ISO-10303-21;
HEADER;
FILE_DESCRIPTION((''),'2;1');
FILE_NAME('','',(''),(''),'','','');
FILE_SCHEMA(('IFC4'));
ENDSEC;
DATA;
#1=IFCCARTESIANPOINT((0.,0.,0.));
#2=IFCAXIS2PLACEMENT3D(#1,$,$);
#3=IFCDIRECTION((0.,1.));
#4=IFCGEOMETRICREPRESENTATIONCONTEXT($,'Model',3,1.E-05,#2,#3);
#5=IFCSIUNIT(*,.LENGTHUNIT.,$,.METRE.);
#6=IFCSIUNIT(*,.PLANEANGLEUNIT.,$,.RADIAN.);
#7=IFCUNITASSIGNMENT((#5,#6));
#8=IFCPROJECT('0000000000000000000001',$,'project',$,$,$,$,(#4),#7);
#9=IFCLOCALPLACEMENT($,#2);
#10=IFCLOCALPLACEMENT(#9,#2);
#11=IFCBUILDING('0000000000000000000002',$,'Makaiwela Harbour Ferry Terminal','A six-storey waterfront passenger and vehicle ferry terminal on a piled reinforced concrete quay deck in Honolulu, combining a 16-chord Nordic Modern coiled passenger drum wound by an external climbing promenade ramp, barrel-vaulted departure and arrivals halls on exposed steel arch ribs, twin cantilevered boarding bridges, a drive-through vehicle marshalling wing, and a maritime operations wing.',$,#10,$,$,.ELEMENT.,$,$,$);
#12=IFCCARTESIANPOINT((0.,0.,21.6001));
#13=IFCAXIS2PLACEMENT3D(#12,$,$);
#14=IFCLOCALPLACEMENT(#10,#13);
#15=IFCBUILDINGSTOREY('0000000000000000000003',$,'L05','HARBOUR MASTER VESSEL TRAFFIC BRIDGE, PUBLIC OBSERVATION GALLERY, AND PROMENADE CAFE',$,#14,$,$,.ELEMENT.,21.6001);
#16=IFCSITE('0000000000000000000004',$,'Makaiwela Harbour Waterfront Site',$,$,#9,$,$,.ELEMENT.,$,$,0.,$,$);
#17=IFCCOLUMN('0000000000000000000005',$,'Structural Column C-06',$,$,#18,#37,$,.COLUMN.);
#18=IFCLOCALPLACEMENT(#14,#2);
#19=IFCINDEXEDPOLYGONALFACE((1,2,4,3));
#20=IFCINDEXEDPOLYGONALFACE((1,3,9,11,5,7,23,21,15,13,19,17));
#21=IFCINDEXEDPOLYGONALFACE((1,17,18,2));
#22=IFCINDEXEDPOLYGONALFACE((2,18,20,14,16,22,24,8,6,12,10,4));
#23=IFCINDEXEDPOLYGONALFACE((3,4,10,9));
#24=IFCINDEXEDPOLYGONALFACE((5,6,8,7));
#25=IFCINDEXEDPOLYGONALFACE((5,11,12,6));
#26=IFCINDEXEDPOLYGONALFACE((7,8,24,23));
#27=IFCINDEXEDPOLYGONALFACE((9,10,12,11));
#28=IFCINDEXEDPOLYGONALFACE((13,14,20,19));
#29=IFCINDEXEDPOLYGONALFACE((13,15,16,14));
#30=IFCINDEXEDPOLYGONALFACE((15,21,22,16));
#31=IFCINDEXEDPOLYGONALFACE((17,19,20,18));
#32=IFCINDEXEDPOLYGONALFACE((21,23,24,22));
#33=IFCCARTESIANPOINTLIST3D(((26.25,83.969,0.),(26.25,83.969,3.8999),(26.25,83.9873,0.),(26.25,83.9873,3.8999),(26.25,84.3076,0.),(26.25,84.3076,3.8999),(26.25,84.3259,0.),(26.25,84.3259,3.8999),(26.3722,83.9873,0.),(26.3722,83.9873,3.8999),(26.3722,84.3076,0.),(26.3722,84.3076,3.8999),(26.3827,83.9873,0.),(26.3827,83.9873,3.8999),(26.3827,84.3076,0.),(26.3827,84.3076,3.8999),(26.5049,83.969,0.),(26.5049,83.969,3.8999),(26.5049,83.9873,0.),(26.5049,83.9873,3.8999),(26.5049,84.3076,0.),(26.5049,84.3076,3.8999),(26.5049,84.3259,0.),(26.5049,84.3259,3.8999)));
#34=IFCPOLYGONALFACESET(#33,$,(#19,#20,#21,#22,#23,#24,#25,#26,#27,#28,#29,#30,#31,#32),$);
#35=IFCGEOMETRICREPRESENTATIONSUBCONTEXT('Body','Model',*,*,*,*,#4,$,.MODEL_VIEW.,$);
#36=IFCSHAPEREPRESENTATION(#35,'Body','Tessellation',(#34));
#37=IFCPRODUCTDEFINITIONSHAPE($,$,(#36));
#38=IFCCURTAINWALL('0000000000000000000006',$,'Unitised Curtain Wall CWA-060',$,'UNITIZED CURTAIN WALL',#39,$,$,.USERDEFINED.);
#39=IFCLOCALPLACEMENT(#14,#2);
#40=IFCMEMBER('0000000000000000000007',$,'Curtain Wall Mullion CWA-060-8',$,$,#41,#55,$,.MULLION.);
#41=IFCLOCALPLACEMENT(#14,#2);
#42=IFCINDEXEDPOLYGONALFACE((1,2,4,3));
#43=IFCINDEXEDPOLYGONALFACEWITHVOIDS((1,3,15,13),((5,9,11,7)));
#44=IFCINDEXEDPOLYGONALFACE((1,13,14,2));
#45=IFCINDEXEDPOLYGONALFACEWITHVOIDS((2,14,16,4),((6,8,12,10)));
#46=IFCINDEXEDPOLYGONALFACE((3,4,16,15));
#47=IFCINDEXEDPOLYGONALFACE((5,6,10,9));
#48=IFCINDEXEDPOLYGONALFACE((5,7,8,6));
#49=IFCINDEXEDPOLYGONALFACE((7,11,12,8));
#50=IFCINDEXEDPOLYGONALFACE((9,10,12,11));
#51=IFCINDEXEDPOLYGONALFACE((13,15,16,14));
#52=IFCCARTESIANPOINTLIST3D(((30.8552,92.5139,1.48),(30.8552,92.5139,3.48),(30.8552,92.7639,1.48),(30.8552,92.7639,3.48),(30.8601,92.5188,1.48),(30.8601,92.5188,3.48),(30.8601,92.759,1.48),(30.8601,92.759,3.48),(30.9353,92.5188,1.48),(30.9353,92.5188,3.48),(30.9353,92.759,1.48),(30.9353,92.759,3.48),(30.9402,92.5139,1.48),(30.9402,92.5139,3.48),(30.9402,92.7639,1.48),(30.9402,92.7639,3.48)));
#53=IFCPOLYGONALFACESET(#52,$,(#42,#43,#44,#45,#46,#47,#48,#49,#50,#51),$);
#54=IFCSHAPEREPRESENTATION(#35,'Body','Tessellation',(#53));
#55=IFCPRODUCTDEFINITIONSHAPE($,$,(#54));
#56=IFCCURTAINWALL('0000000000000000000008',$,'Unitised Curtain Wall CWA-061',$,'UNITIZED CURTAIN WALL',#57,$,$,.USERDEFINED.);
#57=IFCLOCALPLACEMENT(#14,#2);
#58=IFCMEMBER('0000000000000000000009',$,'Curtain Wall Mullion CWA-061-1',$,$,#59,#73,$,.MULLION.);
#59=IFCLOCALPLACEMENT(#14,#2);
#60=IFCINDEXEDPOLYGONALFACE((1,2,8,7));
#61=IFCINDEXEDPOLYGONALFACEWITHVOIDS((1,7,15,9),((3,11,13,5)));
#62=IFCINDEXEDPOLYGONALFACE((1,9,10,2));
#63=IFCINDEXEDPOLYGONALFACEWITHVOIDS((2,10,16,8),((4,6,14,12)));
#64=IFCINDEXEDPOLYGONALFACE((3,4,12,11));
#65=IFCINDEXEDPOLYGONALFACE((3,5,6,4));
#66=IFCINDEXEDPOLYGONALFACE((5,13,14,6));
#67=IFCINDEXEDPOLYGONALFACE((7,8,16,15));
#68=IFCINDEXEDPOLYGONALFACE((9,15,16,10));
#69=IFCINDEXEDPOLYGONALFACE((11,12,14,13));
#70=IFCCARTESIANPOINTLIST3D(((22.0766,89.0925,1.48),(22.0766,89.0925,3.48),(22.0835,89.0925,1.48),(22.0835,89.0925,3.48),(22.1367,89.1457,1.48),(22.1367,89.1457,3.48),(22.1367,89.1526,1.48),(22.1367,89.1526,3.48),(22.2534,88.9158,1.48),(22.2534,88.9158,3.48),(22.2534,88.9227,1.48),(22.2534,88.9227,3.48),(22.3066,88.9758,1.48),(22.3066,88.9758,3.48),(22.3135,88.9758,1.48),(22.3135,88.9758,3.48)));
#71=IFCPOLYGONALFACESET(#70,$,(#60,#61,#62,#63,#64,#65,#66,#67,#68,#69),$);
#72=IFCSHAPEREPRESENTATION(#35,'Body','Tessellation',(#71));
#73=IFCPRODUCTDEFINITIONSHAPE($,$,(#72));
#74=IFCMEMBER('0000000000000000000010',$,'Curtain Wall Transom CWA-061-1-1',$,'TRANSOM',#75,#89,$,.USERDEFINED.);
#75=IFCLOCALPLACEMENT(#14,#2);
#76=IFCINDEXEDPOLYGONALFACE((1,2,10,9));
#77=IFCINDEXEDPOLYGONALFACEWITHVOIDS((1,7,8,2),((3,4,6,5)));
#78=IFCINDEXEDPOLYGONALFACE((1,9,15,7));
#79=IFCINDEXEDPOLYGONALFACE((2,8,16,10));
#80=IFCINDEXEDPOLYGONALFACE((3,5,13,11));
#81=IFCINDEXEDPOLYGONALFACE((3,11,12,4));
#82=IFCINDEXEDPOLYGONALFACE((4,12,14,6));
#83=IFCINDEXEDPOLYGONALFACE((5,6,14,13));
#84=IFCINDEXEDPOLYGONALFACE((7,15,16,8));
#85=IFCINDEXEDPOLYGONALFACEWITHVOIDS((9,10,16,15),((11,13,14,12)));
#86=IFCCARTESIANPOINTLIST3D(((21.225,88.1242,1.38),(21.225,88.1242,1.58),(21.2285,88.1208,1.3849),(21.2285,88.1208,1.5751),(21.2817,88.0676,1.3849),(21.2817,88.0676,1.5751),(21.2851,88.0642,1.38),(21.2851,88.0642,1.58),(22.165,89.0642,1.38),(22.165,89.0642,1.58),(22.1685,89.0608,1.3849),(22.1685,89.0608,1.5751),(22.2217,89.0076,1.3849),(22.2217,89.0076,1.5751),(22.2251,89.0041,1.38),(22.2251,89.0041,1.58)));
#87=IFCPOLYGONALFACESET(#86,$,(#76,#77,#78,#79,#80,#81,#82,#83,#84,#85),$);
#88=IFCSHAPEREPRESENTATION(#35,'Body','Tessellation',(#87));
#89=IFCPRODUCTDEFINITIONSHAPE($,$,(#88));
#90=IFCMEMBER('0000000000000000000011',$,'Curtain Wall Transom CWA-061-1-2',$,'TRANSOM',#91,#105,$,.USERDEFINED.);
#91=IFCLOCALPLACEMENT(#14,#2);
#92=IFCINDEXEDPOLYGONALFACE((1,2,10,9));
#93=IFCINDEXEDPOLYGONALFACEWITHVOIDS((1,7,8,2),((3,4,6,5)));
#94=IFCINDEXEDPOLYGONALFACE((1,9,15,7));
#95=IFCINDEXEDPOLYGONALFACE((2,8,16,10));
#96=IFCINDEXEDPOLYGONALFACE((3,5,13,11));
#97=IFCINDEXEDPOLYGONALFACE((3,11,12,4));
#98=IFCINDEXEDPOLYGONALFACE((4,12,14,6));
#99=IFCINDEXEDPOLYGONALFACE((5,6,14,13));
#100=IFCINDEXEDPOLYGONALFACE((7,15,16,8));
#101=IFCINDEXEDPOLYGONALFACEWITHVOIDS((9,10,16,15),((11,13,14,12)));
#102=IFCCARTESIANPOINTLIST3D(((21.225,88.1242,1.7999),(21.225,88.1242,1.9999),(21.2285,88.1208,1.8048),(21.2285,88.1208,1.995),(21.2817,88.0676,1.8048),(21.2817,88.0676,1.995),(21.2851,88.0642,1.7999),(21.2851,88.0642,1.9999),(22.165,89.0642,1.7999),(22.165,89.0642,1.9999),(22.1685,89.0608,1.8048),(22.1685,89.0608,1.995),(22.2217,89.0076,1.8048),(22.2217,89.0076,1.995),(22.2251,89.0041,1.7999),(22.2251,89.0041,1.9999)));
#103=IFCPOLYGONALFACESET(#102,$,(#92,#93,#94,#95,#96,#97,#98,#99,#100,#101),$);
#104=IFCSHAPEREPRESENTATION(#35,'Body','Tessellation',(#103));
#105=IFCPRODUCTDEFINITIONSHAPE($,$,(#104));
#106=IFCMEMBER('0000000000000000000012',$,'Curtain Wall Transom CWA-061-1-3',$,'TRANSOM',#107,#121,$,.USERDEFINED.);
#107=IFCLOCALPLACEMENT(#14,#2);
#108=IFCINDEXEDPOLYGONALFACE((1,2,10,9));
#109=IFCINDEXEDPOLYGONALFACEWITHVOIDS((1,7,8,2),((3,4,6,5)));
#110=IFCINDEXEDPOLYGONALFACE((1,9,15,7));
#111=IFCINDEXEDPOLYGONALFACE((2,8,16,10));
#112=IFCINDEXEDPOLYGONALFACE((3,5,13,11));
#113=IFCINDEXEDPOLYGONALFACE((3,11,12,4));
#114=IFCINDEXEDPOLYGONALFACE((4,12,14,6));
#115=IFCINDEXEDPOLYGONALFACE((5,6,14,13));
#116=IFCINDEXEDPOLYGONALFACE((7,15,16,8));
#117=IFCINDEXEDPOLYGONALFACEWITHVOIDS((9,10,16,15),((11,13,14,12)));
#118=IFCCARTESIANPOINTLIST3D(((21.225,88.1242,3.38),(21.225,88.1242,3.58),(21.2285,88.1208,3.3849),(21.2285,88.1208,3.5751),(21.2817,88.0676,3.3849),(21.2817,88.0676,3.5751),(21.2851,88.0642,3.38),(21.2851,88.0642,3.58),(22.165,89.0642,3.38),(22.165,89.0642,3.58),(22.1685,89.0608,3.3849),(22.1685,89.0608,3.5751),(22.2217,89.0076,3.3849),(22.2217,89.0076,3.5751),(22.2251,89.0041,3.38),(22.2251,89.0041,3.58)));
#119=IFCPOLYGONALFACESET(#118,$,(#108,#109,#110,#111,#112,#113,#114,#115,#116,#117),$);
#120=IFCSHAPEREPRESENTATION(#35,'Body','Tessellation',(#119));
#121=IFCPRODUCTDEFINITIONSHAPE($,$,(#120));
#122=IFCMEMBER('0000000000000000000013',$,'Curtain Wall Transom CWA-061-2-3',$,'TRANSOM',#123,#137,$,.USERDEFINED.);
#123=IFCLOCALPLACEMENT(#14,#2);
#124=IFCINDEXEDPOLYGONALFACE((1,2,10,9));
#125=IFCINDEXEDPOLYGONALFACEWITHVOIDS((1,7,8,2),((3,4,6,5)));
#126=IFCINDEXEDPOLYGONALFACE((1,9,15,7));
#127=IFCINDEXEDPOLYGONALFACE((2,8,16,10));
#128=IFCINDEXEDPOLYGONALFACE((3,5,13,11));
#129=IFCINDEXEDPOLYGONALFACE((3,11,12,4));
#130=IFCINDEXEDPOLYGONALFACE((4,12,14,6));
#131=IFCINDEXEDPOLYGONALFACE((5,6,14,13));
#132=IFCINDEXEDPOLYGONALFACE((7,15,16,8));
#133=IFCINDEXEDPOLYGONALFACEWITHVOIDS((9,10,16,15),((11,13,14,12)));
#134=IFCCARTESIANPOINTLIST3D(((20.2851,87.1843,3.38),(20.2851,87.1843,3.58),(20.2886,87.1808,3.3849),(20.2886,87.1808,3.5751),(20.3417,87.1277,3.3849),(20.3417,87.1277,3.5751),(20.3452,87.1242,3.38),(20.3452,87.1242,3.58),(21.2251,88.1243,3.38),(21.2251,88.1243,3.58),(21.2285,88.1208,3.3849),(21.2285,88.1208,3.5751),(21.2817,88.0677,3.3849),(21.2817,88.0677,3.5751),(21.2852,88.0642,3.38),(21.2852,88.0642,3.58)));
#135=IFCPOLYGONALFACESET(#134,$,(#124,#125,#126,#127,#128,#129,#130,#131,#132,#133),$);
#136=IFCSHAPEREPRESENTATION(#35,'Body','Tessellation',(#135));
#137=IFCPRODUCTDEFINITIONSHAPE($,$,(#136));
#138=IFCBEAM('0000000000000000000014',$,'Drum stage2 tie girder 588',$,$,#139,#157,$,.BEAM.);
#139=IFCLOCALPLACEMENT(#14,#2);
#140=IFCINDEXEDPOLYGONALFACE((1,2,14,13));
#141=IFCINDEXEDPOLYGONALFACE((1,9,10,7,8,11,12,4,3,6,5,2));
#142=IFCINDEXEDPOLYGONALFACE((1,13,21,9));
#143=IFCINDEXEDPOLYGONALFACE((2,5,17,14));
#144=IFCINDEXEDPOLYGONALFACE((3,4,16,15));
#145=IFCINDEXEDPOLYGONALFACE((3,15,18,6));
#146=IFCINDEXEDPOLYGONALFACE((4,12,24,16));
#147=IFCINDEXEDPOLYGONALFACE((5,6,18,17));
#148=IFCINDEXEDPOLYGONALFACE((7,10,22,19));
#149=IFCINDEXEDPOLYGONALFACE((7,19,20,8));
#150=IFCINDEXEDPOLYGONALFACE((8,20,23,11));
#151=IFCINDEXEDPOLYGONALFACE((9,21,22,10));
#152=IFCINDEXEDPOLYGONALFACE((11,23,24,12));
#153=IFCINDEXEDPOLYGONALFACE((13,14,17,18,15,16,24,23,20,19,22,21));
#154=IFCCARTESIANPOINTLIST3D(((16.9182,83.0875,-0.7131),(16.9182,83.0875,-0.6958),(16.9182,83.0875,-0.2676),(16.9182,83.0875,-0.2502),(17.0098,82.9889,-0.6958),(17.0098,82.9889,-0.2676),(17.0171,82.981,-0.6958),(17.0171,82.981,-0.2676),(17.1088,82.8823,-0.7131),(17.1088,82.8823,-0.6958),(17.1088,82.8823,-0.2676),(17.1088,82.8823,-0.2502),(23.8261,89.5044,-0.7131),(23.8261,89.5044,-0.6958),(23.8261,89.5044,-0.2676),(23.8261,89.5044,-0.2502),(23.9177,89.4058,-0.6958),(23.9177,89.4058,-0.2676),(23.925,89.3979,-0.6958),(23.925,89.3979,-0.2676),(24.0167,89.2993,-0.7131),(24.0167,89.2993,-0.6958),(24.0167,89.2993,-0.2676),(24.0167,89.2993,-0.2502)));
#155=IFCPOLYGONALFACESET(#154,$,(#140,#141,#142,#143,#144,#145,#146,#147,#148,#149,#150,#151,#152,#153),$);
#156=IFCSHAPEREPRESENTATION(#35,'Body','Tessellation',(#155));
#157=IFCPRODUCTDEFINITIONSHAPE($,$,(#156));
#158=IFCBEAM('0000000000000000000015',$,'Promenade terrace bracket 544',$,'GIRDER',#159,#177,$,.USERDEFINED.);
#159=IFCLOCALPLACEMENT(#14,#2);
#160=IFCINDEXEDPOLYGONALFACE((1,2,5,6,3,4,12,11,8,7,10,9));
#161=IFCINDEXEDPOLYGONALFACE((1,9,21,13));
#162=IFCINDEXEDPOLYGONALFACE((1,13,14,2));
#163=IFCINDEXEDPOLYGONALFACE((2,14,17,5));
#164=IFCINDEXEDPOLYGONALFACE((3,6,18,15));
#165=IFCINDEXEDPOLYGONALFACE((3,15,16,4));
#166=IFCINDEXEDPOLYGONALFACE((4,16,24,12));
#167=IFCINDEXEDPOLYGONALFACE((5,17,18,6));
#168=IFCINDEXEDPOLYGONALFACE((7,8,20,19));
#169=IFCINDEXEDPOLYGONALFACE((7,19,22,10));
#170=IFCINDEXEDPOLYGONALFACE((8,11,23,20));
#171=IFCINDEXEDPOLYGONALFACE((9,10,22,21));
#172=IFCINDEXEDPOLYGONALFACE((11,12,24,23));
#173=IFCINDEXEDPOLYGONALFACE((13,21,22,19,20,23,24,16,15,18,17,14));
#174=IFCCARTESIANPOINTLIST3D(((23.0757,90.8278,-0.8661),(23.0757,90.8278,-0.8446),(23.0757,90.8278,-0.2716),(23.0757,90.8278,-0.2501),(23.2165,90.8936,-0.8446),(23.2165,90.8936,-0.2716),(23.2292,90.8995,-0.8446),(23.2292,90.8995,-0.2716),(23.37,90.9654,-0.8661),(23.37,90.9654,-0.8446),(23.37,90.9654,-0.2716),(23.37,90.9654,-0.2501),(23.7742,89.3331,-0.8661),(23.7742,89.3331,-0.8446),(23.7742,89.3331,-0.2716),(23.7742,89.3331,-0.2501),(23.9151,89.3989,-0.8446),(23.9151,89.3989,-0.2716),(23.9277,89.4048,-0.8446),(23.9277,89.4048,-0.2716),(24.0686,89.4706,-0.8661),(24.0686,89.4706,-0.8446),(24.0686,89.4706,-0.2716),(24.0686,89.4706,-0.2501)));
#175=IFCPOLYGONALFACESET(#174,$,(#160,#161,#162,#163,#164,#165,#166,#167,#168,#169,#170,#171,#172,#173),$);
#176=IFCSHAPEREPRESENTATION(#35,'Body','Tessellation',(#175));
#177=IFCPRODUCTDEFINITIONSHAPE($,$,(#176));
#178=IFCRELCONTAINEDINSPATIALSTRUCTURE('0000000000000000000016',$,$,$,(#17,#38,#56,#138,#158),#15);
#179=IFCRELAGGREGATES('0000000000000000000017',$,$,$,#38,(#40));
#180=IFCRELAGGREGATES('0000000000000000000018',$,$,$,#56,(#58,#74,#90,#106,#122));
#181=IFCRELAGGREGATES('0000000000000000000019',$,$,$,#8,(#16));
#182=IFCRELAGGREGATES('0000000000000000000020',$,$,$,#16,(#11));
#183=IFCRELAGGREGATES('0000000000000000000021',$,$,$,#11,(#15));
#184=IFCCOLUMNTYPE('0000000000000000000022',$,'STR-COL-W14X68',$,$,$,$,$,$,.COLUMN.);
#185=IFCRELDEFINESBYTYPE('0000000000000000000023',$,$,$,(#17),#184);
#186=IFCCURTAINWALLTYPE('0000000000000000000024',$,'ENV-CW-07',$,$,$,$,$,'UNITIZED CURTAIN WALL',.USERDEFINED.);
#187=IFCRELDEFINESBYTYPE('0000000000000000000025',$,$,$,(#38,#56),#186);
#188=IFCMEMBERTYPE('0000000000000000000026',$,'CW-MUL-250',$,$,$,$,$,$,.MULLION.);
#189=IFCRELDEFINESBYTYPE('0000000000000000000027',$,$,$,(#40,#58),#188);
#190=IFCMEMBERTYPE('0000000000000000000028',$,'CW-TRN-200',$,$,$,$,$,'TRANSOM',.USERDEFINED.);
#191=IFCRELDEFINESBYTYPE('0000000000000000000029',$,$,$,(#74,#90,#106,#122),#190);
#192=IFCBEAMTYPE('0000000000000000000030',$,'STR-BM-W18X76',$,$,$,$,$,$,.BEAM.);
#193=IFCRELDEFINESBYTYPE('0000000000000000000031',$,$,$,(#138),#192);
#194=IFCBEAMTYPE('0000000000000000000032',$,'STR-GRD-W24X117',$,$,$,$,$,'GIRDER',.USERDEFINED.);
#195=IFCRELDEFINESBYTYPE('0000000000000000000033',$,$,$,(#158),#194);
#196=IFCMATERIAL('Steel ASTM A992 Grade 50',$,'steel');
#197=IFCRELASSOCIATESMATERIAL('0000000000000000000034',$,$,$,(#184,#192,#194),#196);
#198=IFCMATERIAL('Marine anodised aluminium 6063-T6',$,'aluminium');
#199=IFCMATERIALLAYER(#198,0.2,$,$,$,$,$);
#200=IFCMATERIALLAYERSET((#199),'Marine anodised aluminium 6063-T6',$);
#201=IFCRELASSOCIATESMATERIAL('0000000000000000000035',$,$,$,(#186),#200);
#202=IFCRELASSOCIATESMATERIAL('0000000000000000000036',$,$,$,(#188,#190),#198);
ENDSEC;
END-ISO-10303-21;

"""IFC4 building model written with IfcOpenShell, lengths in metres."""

from ifc_helpers import new_model, si_unit, direction, frame, origin, origin_2d, place, context, subcontext, project, spatial, hollow_rectangle, i_section, extrude, material, layer, layer_set, material_profile, profile_set, type_object, element, aggregate, save


model = new_model("IFC4")

# Units and contexts
model_context = context("Model", 3, precision=1e-05, world=origin(), true_north=direction((0.0, 1.0)))
body_context = subcontext(model_context, "Body", "Model", "MODEL_VIEW")
ifc_project = project(units=[si_unit("LENGTHUNIT", "METRE"), si_unit("PLANEANGLEUNIT", "RADIAN")], contexts=[model_context])

# Site, building, storey
site_placement = place(None, origin())
site = spatial("IfcSite", under=ifc_project, at=site_placement, Name="Makaiwela Harbour Waterfront Site", CompositionType="ELEMENT", RefElevation=0.0)
building_placement = place(site_placement, origin())
building = spatial("IfcBuilding", under=site, at=building_placement, Name="Makaiwela Harbour Ferry Terminal", Description="A six-storey waterfront passenger and vehicle ferry terminal on a piled reinforced concrete quay deck in Honolulu, combining a 16-chord Nordic Modern coiled passenger drum wound by an external climbing promenade ramp, barrel-vaulted departure and arrivals halls on exposed steel arch ribs, twin cantilevered boarding bridges, a drive-through vehicle marshalling wing, and a maritime operations wing.", CompositionType="ELEMENT")
storey_placement = place(building_placement, frame((0.0, 0.0, 21.6001)))
storey = spatial("IfcBuildingStorey", under=building, at=storey_placement, Name="L05", Description="HARBOUR MASTER VESSEL TRAFFIC BRIDGE, PUBLIC OBSERVATION GALLERY, AND PROMENADE CAFE", CompositionType="ELEMENT", Elevation=21.6001)

# Column
ifc_material_1 = material(Name="Steel ASTM A992 Grade 50", Category="steel")
ifc_material_profile_1 = material_profile(ifc_material_1, i_section(OverallWidth=0.2549, OverallDepth=0.3569, WebThickness=0.0105, FlangeThickness=0.0183, at=origin_2d()), Name="W14X68")
ifc_profile_set_1 = profile_set([ifc_material_profile_1], Name="Steel ASTM A992 Grade 50")
column_type = type_object("IfcColumnType", Name="STR-COL-W14X68", PredefinedType="COLUMN", material=ifc_profile_set_1)
column_placement = place(storey_placement, frame((26.3774, 84.1475, 0.0), z_axis=(0.0, 0.0, 1.0), x_axis=(1.0, 0.0, 0.0)))
element("IfcColumn", 1, at=column_placement, inside=storey, type_object=column_type, Name="Structural Column C-06", PredefinedType="COLUMN", context=body_context, shape_type="SweptSolid", body=[
    extrude(i_section(OverallWidth=0.2549, OverallDepth=0.3569, WebThickness=0.0105, FlangeThickness=0.0183, at=origin_2d()), origin(), (0.0, 0.0, 1.0), 3.8999),
])

# Curtain wall, member
ifc_material_2 = material(Name="Marine anodised aluminium 6063-T6", Category="aluminium")
ifc_layer_1 = layer(ifc_material_2, 0.2)
ifc_layer_set_1 = layer_set([ifc_layer_1], Name="Marine anodised aluminium 6063-T6")
curtain_wall_type = type_object("IfcCurtainWallType", Name="ENV-CW-07", ElementType="UNITIZED CURTAIN WALL", PredefinedType="USERDEFINED", material=ifc_layer_set_1)
curtain_wall_1_placement = place(storey_placement, origin())
curtain_wall_1 = element("IfcCurtainWall", 2, at=curtain_wall_1_placement, inside=storey, type_object=curtain_wall_type, Name="Unitised Curtain Wall CWA-060", ObjectType="UNITIZED CURTAIN WALL", PredefinedType="USERDEFINED")
ifc_material_profile_2 = material_profile(ifc_material_2, hollow_rectangle(XDim=0.085, YDim=0.25, WallThickness=0.0049, at=origin_2d()), Name="CWM-250X85")
ifc_profile_set_2 = profile_set([ifc_material_profile_2], Name="Marine anodised aluminium 6063-T6")
member_type_1 = type_object("IfcMemberType", Name="CW-MUL-250", PredefinedType="MULLION", material=ifc_profile_set_2)
member_1_placement = place(storey_placement, frame((30.8977, 92.6389, 1.48), z_axis=(0.0, 0.0, 1.0), x_axis=(1.0, 0.0, 0.0)))
member_1 = element("IfcMember", 3, at=member_1_placement, type_object=member_type_1, Name="Curtain Wall Mullion CWA-060-8", PredefinedType="MULLION", context=body_context, shape_type="SweptSolid", body=[
    extrude(hollow_rectangle(XDim=0.085, YDim=0.25, WallThickness=0.0049, at=origin_2d()), origin(), (0.0, 0.0, 1.0), 2.0),
])

# Curtain wall, members
curtain_wall_2_placement = place(storey_placement, origin())
curtain_wall_2 = element("IfcCurtainWall", 4, at=curtain_wall_2_placement, inside=storey, type_object=curtain_wall_type, Name="Unitised Curtain Wall CWA-061", ObjectType="UNITIZED CURTAIN WALL", PredefinedType="USERDEFINED")
member_2_placement = place(storey_placement, frame((22.1951, 89.0342, 1.48), z_axis=(0.0, 0.0, 1.0), x_axis=(0.707107, 0.707107, 0.0)))
member_2 = element("IfcMember", 5, at=member_2_placement, type_object=member_type_1, Name="Curtain Wall Mullion CWA-061-1", PredefinedType="MULLION", context=body_context, shape_type="SweptSolid", body=[
    extrude(hollow_rectangle(XDim=0.085, YDim=0.25, WallThickness=0.0049, at=origin_2d()), origin(), (0.0, 0.0, 1.0), 2.0),
])
ifc_material_profile_3 = material_profile(ifc_material_2, hollow_rectangle(XDim=0.085, YDim=0.2, WallThickness=0.0049, at=origin_2d()), Name="CWT-200X85")
ifc_profile_set_3 = profile_set([ifc_material_profile_3], Name="Marine anodised aluminium 6063-T6")
member_type_2 = type_object("IfcMemberType", Name="CW-TRN-200", ElementType="TRANSOM", PredefinedType="USERDEFINED", material=ifc_profile_set_3)
member_3_placement = place(storey_placement, frame((22.1951, 89.0342, 1.48), z_axis=(-0.707107, -0.707107, 0.0), x_axis=(0.707107, -0.707107, 0.0)))
member_3 = element("IfcMember", 6, at=member_3_placement, type_object=member_type_2, Name="Curtain Wall Transom CWA-061-1-1", ObjectType="TRANSOM", PredefinedType="USERDEFINED", context=body_context, shape_type="SweptSolid", body=[
    extrude(hollow_rectangle(XDim=0.085, YDim=0.2, WallThickness=0.0049, at=origin_2d()), origin(), (0.0, 0.0, 1.0), 1.3293),
])
member_4_placement = place(storey_placement, frame((22.1951, 89.0342, 1.8999), z_axis=(-0.707107, -0.707107, 0.0), x_axis=(0.707107, -0.707107, 0.0)))
member_4 = element("IfcMember", 7, at=member_4_placement, type_object=member_type_2, Name="Curtain Wall Transom CWA-061-1-2", ObjectType="TRANSOM", PredefinedType="USERDEFINED", context=body_context, shape_type="SweptSolid", body=[
    extrude(hollow_rectangle(XDim=0.085, YDim=0.2, WallThickness=0.0049, at=origin_2d()), origin(), (0.0, 0.0, 1.0), 1.3293),
])
member_5_placement = place(storey_placement, frame((22.1951, 89.0342, 3.48), z_axis=(-0.707107, -0.707107, 0.0), x_axis=(0.707107, -0.707107, 0.0)))
member_5 = element("IfcMember", 8, at=member_5_placement, type_object=member_type_2, Name="Curtain Wall Transom CWA-061-1-3", ObjectType="TRANSOM", PredefinedType="USERDEFINED", context=body_context, shape_type="SweptSolid", body=[
    extrude(hollow_rectangle(XDim=0.085, YDim=0.2, WallThickness=0.0049, at=origin_2d()), origin(), (0.0, 0.0, 1.0), 1.3293),
])
member_6_placement = place(storey_placement, frame((21.2551, 88.0942, 3.48), z_axis=(-0.707107, -0.707107, 0.0), x_axis=(0.707107, -0.707107, 0.0)))
member_6 = element("IfcMember", 9, at=member_6_placement, type_object=member_type_2, Name="Curtain Wall Transom CWA-061-2-3", ObjectType="TRANSOM", PredefinedType="USERDEFINED", context=body_context, shape_type="SweptSolid", body=[
    extrude(hollow_rectangle(XDim=0.085, YDim=0.2, WallThickness=0.0049, at=origin_2d()), origin(), (0.0, 0.0, 1.0), 1.3293),
])

# Beams
ifc_material_profile_4 = material_profile(ifc_material_1, i_section(OverallWidth=0.28, OverallDepth=0.4629, WebThickness=0.0107, FlangeThickness=0.0173, at=origin_2d()), Name="W18X76")
ifc_profile_set_4 = profile_set([ifc_material_profile_4], Name="Steel ASTM A992 Grade 50")
beam_type_1 = type_object("IfcBeamType", Name="STR-BM-W18X76", PredefinedType="BEAM", material=ifc_profile_set_4)
beam_1_placement = place(storey_placement, frame((23.9214, 89.4019, -0.4817), z_axis=(-0.732663, -0.680591, 0.0), x_axis=(0.680591, -0.732663, 0.0)))
element("IfcBeam", 10, at=beam_1_placement, inside=storey, type_object=beam_type_1, Name="Drum stage2 tie girder 588", PredefinedType="BEAM", context=body_context, shape_type="SweptSolid", body=[
    extrude(i_section(OverallWidth=0.28, OverallDepth=0.4629, WebThickness=0.0107, FlangeThickness=0.0173, at=origin_2d()), origin(), (0.0, 0.0, 1.0), 9.4285),
])
ifc_material_profile_5 = material_profile(ifc_material_1, i_section(OverallWidth=0.325, OverallDepth=0.616, WebThickness=0.0139, FlangeThickness=0.0215, at=origin_2d()), Name="W24X117")
ifc_profile_set_5 = profile_set([ifc_material_profile_5], Name="Steel ASTM A992 Grade 50")
beam_type_2 = type_object("IfcBeamType", Name="STR-GRD-W24X117", ElementType="GIRDER", PredefinedType="USERDEFINED", material=ifc_profile_set_5)
beam_2_placement = place(storey_placement, frame((23.9214, 89.4019, -0.5581), z_axis=(-0.42338, 0.905952, 0.0), x_axis=(-0.905952, -0.42338, 0.0)))
element("IfcBeam", 11, at=beam_2_placement, inside=storey, type_object=beam_type_2, Name="Promenade terrace bracket 544", ObjectType="GIRDER", PredefinedType="USERDEFINED", context=body_context, shape_type="SweptSolid", body=[
    extrude(i_section(OverallWidth=0.325, OverallDepth=0.616, WebThickness=0.0139, FlangeThickness=0.0215, at=origin_2d()), origin(), (0.0, 0.0, 1.0), 1.6499),
])

aggregate(curtain_wall_1, [member_1])
aggregate(curtain_wall_2, [member_2, member_3, member_4, member_5, member_6])

save(model, "model.ifc")
